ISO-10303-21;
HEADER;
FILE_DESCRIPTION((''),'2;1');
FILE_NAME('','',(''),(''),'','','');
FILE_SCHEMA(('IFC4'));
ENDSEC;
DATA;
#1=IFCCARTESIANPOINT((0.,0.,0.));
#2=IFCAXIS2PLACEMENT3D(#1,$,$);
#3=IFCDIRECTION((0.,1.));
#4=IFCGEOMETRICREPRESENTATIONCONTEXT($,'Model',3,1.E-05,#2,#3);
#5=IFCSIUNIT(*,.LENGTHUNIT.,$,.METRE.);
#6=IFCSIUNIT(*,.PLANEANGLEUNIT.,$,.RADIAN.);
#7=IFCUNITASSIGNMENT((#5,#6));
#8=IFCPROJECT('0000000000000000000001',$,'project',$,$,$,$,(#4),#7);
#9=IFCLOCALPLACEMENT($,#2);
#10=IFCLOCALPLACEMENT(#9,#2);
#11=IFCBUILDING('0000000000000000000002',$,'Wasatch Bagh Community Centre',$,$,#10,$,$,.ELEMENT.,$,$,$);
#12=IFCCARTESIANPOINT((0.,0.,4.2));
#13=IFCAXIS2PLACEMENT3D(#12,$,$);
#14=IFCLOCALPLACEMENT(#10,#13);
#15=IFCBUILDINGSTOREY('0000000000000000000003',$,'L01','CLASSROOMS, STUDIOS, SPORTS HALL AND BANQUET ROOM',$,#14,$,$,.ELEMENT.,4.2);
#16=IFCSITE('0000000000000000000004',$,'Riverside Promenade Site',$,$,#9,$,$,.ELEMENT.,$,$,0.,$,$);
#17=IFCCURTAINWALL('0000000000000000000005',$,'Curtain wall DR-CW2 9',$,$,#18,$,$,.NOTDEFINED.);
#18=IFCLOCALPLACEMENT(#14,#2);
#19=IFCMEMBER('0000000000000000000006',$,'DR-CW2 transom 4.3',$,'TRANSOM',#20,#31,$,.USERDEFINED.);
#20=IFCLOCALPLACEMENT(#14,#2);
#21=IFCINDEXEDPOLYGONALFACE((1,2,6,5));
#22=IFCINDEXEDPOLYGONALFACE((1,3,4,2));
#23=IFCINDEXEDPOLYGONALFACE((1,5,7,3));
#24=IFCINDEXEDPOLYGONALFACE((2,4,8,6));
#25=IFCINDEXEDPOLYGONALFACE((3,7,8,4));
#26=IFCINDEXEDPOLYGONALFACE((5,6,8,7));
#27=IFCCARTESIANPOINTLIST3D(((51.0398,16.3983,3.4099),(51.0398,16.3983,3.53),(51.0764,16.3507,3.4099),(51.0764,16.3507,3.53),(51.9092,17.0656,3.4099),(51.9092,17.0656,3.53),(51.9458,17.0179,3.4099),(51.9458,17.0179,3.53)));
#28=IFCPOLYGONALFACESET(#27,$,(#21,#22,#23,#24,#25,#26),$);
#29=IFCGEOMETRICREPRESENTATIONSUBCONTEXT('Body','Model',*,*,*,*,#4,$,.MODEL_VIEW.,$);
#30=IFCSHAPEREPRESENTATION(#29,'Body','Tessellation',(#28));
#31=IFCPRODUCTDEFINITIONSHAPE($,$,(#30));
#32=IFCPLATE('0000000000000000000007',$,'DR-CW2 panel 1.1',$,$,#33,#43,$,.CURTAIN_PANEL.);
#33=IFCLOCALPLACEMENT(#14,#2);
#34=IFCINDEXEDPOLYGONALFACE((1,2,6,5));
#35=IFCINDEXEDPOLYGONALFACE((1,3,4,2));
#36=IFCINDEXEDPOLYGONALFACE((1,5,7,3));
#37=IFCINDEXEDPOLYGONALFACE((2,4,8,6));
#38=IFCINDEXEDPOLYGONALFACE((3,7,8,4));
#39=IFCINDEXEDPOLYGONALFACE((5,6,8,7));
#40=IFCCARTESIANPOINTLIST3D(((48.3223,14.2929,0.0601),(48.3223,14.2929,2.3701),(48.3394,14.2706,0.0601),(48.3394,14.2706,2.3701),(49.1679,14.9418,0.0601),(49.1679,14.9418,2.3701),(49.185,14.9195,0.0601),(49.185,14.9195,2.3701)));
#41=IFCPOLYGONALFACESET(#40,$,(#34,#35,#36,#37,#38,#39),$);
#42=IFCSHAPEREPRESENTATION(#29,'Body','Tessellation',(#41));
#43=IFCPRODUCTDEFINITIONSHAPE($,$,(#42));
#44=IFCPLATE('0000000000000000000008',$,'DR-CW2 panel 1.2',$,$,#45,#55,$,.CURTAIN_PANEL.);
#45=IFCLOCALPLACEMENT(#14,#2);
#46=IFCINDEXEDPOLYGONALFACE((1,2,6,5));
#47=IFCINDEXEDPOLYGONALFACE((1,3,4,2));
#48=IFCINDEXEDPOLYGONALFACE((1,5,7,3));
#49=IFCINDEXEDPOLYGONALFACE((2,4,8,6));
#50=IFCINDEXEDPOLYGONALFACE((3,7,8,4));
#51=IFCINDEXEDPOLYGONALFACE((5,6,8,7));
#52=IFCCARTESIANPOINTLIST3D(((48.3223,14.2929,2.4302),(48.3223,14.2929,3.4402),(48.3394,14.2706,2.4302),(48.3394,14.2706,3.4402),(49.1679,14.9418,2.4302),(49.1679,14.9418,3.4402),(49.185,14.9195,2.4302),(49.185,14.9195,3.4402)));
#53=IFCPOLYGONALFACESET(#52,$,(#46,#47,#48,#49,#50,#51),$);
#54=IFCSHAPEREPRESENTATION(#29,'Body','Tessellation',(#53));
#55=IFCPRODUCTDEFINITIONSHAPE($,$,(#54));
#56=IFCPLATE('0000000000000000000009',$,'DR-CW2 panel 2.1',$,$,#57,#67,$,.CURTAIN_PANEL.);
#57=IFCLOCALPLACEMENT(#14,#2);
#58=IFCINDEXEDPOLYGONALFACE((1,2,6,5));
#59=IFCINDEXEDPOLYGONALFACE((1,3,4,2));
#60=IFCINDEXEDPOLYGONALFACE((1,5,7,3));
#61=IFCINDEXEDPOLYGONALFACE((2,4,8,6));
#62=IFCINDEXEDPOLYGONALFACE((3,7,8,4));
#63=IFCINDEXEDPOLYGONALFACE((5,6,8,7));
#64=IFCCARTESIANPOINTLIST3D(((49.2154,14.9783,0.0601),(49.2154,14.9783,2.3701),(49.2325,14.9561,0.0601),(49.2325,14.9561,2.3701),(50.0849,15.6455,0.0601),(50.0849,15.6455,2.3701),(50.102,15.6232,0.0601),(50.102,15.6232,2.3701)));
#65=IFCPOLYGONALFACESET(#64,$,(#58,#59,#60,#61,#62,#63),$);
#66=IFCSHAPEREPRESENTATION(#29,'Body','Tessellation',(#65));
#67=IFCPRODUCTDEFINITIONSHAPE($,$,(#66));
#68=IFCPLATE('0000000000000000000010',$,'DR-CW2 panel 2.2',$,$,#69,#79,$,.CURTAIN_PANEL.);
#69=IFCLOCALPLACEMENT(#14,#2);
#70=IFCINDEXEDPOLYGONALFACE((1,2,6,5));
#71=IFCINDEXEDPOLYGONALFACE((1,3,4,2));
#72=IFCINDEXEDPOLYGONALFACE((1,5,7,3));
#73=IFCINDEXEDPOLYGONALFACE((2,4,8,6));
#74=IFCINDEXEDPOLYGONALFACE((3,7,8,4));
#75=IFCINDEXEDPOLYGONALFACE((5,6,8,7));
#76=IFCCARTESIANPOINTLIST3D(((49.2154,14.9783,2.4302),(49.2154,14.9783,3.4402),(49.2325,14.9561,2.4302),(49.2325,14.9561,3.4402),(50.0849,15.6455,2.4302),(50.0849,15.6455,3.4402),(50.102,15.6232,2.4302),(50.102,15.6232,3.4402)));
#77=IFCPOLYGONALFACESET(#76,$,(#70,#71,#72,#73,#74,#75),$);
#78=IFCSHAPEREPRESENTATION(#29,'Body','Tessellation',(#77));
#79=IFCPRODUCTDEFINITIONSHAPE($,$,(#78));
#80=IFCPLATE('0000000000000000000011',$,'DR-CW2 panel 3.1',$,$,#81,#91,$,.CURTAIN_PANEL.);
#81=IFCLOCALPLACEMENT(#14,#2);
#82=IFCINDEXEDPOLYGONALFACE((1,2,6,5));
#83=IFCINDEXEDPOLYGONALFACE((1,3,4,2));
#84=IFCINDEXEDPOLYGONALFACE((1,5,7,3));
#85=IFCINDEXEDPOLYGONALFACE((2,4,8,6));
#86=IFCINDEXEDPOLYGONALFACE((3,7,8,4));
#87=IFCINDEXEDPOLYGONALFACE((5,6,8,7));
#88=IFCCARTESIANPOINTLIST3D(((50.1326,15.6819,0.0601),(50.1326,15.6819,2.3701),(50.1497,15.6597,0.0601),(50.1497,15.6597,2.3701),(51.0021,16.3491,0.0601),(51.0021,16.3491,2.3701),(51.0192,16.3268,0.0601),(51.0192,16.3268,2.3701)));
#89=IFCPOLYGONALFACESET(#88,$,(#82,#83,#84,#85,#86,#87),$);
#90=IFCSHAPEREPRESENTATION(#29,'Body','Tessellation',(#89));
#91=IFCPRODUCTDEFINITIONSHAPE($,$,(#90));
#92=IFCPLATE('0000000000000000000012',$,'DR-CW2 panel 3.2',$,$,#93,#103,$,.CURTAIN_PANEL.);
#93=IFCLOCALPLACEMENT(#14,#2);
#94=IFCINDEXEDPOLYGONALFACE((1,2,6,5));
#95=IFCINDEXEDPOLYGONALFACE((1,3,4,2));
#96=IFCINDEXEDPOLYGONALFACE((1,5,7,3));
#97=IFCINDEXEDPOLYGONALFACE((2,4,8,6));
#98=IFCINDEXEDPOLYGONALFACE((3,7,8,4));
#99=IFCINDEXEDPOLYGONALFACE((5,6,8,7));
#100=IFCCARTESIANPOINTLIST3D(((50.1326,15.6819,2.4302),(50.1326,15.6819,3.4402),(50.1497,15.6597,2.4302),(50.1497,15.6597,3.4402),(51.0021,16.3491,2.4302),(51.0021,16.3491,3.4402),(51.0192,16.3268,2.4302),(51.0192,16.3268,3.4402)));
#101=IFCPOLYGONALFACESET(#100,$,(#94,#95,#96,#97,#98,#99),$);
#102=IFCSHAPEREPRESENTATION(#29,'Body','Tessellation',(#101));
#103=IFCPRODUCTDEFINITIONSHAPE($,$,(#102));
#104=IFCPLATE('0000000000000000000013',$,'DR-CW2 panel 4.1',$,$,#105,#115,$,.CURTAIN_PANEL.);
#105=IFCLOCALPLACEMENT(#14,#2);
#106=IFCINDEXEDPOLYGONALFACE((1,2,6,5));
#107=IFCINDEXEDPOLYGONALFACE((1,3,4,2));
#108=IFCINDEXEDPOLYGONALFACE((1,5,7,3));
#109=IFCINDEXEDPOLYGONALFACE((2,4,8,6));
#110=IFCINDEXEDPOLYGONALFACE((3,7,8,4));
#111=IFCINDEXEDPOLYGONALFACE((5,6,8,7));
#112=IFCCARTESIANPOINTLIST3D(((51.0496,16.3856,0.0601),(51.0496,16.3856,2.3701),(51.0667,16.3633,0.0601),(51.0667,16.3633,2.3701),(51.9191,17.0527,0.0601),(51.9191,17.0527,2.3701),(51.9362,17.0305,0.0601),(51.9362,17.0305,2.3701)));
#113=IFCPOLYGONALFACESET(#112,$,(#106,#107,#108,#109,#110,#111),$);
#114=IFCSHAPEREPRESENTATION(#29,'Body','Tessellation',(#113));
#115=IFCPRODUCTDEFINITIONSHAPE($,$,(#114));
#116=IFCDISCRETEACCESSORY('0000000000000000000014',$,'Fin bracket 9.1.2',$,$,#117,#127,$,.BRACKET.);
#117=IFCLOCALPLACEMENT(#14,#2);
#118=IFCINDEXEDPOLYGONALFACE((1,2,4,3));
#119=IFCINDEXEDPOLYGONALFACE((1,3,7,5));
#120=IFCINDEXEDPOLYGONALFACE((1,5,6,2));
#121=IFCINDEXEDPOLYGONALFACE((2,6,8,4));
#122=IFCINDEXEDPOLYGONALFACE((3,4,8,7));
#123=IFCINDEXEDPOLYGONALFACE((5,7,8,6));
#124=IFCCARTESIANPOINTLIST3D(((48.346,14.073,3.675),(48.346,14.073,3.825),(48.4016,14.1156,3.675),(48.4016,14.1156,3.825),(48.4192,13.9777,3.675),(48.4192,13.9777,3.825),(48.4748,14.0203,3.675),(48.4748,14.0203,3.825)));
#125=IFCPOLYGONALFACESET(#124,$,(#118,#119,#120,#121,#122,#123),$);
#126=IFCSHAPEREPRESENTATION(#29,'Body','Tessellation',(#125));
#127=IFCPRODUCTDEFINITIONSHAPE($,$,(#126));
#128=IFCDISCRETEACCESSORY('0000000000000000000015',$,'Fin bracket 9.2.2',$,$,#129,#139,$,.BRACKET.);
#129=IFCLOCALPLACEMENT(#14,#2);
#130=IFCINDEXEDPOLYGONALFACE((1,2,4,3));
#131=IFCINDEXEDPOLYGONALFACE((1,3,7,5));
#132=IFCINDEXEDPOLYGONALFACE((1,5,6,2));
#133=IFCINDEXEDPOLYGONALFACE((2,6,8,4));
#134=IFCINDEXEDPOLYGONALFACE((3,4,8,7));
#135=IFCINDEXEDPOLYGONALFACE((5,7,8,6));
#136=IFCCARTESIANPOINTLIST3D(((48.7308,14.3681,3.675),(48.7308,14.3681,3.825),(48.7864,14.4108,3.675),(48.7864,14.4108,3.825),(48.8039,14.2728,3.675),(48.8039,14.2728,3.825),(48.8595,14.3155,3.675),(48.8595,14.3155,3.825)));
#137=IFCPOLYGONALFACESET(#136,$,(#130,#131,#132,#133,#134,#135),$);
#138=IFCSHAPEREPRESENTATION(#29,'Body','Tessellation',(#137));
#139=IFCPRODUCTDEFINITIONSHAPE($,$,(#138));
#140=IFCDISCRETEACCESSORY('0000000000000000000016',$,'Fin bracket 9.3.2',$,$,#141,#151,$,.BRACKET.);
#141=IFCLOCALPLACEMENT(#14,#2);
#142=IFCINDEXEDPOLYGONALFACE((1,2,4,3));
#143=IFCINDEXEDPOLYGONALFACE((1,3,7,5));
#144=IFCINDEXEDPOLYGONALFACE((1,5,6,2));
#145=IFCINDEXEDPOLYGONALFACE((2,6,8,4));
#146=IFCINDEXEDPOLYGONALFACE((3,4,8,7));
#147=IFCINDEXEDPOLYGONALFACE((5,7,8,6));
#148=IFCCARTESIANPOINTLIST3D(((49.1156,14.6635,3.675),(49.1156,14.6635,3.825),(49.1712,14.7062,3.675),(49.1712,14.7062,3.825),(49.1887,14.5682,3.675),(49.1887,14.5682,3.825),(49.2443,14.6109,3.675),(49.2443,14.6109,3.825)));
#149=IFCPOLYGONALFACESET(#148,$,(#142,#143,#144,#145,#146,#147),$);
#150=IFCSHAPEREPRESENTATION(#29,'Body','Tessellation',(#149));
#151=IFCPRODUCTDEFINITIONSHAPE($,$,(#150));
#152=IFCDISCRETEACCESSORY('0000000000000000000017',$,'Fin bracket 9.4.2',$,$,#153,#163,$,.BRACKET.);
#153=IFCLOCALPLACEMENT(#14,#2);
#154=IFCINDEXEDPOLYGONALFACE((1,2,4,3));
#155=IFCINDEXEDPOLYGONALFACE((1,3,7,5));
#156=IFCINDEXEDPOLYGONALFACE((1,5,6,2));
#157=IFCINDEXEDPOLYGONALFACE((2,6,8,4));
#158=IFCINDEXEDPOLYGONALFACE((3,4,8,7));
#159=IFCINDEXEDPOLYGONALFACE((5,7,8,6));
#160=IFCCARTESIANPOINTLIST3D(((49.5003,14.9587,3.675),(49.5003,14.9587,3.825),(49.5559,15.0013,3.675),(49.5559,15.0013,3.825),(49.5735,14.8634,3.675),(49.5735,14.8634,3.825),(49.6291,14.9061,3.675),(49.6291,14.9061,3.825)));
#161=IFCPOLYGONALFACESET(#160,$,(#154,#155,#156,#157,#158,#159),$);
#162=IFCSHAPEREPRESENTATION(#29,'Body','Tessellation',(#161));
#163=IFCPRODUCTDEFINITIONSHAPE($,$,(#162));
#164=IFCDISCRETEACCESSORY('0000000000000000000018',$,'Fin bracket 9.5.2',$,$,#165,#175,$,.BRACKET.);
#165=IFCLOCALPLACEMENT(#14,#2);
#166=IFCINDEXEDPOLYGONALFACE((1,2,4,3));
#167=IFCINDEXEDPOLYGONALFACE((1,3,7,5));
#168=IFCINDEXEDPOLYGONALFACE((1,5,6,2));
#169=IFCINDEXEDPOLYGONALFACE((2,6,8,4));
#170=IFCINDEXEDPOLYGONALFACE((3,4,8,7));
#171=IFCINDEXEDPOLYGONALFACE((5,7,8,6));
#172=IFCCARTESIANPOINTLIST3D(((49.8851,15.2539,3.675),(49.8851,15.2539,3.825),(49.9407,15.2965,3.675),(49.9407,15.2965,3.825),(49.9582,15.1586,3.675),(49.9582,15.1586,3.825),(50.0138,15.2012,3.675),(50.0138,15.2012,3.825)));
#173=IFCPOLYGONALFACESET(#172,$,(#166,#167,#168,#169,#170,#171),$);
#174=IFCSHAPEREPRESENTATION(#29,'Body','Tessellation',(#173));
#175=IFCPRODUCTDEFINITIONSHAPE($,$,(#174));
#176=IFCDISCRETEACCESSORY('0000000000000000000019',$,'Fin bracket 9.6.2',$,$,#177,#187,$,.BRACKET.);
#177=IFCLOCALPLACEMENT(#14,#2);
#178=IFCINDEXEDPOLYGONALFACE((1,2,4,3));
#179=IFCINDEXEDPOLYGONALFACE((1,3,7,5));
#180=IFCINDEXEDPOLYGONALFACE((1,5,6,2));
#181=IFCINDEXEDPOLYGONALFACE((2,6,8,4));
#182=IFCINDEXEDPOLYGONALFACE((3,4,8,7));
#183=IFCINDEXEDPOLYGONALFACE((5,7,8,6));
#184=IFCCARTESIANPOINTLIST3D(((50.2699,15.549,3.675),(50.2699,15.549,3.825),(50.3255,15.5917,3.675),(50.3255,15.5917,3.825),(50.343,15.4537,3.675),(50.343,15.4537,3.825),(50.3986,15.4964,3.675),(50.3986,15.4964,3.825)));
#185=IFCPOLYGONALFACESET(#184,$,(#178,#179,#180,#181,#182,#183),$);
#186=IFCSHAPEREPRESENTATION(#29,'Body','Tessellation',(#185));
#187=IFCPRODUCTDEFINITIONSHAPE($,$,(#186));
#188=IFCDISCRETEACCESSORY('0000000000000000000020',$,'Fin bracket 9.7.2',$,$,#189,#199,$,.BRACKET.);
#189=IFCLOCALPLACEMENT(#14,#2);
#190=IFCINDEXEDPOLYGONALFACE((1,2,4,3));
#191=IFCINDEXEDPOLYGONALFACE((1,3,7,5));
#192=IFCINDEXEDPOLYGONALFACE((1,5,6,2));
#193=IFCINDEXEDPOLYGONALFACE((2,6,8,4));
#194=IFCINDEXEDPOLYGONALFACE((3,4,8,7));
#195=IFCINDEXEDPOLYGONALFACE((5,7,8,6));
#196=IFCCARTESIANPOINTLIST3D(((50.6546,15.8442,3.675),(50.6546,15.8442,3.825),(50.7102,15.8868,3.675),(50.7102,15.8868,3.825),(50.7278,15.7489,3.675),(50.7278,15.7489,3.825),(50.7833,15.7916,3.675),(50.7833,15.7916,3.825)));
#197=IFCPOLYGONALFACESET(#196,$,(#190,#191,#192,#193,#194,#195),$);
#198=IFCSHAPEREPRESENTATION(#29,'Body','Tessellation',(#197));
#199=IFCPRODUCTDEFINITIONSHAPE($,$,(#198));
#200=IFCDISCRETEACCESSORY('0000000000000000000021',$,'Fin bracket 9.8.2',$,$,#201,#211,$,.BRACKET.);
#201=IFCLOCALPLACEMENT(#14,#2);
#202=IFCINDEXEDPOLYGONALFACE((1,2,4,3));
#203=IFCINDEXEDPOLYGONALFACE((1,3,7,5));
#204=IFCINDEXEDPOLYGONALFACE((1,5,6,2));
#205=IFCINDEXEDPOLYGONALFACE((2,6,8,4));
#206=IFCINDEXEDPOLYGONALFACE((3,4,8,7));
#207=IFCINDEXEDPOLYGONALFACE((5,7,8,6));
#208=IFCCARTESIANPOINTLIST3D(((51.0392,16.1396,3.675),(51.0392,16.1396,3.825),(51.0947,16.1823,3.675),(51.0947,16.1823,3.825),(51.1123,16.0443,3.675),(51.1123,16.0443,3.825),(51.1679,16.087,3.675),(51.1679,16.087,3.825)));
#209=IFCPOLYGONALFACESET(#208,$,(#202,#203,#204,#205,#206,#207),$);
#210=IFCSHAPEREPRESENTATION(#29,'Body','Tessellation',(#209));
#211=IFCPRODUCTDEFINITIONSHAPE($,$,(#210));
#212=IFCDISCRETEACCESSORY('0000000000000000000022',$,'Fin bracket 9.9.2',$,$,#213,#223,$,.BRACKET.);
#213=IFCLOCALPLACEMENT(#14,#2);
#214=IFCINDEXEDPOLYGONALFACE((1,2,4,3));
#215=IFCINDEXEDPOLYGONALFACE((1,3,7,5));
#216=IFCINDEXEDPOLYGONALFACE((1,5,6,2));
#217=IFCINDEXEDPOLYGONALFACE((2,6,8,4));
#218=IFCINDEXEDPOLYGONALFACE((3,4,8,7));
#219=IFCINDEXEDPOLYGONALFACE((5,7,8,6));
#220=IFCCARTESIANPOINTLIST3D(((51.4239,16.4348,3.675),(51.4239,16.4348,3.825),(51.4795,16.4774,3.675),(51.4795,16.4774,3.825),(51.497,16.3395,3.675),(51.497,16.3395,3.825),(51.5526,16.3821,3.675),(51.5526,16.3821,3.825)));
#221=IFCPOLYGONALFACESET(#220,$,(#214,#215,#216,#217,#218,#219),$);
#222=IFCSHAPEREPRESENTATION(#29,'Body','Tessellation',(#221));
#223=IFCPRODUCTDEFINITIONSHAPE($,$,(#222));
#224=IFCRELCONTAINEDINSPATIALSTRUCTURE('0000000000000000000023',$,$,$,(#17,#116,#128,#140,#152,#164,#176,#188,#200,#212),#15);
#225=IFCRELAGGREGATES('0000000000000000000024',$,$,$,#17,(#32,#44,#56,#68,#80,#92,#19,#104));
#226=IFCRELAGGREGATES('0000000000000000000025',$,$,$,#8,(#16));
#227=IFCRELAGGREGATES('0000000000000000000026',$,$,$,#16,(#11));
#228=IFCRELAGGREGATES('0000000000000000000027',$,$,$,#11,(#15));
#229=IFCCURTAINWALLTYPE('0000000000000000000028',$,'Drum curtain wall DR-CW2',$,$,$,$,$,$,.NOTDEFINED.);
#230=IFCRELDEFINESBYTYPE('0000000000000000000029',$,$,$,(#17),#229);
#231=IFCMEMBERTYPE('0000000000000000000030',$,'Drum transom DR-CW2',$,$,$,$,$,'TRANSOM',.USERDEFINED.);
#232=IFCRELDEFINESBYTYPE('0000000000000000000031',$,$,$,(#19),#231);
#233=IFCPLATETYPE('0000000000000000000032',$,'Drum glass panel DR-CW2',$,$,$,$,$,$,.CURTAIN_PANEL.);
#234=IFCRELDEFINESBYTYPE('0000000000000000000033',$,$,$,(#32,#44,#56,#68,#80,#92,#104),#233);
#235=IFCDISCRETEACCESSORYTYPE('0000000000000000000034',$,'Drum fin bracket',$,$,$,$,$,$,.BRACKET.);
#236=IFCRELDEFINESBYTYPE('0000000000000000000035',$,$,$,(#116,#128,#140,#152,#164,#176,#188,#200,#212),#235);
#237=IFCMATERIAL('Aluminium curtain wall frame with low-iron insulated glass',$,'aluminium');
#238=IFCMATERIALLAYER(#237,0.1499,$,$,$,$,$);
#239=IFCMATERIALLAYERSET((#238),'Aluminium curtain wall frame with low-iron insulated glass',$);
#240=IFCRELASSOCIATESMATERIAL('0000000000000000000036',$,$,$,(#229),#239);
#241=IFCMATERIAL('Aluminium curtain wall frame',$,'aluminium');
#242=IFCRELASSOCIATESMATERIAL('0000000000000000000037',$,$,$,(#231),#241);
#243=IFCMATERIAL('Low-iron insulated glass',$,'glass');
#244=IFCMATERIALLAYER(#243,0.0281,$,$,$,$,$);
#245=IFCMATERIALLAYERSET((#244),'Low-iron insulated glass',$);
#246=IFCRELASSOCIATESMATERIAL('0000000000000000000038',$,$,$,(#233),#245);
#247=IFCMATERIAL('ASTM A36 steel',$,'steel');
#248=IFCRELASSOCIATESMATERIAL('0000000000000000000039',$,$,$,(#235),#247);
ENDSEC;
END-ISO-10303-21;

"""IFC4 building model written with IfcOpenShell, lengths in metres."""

from ifc_helpers import new_model, si_unit, direction, frame, origin, origin_2d, place, context, subcontext, project, spatial, rectangle, extrude, material, layer, layer_set, material_profile, profile_set, type_object, element, aggregate, save


model = new_model("IFC4")

# Units and contexts
model_context = context("Model", 3, precision=1e-05, world=origin(), true_north=direction((0.0, 1.0)))
body_context = subcontext(model_context, "Body", "Model", "MODEL_VIEW")
ifc_project = project(units=[si_unit("LENGTHUNIT", "METRE"), si_unit("PLANEANGLEUNIT", "RADIAN")], contexts=[model_context])

# Site, building, storey
site_placement = place(None, origin())
site = spatial("IfcSite", under=ifc_project, at=site_placement, Name="Riverside Promenade Site", CompositionType="ELEMENT", RefElevation=0.0)
building_placement = place(site_placement, origin())
building = spatial("IfcBuilding", under=site, at=building_placement, Name="Wasatch Bagh Community Centre", CompositionType="ELEMENT")
storey_placement = place(building_placement, frame((0.0, 0.0, 4.2)))
storey = spatial("IfcBuildingStorey", under=building, at=storey_placement, Name="L01", Description="CLASSROOMS, STUDIOS, SPORTS HALL AND BANQUET ROOM", CompositionType="ELEMENT", Elevation=4.2)

# Curtain wall, member, plates
ifc_material_1 = material(Name="Aluminium curtain wall frame with low-iron insulated glass", Category="aluminium")
ifc_layer_1 = layer(ifc_material_1, 0.1499)
ifc_layer_set_1 = layer_set([ifc_layer_1], Name="Aluminium curtain wall frame with low-iron insulated glass")
curtain_wall_type = type_object("IfcCurtainWallType", Name="Drum curtain wall DR-CW2", PredefinedType="NOTDEFINED", material=ifc_layer_set_1)
curtain_wall_placement = place(storey_placement, origin())
curtain_wall = element("IfcCurtainWall", 1, at=curtain_wall_placement, inside=storey, type_object=curtain_wall_type, Name="Curtain wall DR-CW2 9", PredefinedType="NOTDEFINED")
ifc_material_2 = material(Name="Aluminium curtain wall frame", Category="aluminium")
ifc_material_profile_1 = material_profile(ifc_material_2, rectangle(XDim=0.0601, YDim=0.1201, at=origin_2d()), Name="Drum transom DR-CW2")
ifc_profile_set_1 = profile_set([ifc_material_profile_1], Name="Aluminium curtain wall frame")
member_type_1 = type_object("IfcMemberType", Name="Drum transom DR-CW2", ElementType="TRANSOM", PredefinedType="USERDEFINED", material=ifc_profile_set_1)
member_1_placement = place(storey_placement, frame((51.0581, 16.3745, 3.47), z_axis=(0.793294, 0.608838, 0.0), x_axis=(-0.608838, 0.793294, 0.0)))
member_1 = element("IfcMember", 2, at=member_1_placement, type_object=member_type_1, Name="DR-CW2 transom 4.3", ObjectType="TRANSOM", PredefinedType="USERDEFINED", context=body_context, shape_type="SweptSolid", body=[
    extrude(rectangle(XDim=0.0601, YDim=0.1201, at=origin_2d()), origin(), (0.0, 0.0, 1.0), 1.0959),
])
ifc_material_3 = material(Name="Low-iron insulated glass", Category="glass")
ifc_layer_2 = layer(ifc_material_3, 0.0281)
ifc_layer_set_2 = layer_set([ifc_layer_2], Name="Low-iron insulated glass")
plate_type = type_object("IfcPlateType", Name="Drum glass panel DR-CW2", PredefinedType="CURTAIN_PANEL", material=ifc_layer_set_2)
plate_1_placement = place(storey_placement, frame((48.7537, 14.6062, 0.0601), z_axis=(0.0, 0.0, 1.0), x_axis=(0.793353, 0.608761, 0.0)))
plate_1 = element("IfcPlate", 3, at=plate_1_placement, type_object=plate_type, Name="DR-CW2 panel 1.1", PredefinedType="CURTAIN_PANEL", context=body_context, shape_type="SweptSolid", body=[
    extrude(rectangle(XDim=1.0659, YDim=0.0281, at=origin_2d()), origin(), (0.0, 0.0, 1.0), 2.3101),
])
plate_2_placement = place(storey_placement, frame((48.7537, 14.6062, 2.4302), z_axis=(0.0, 0.0, 1.0), x_axis=(0.793353, 0.608761, 0.0)))
plate_2 = element("IfcPlate", 4, at=plate_2_placement, type_object=plate_type, Name="DR-CW2 panel 1.2", PredefinedType="CURTAIN_PANEL", context=body_context, shape_type="SweptSolid", body=[
    extrude(rectangle(XDim=1.0659, YDim=0.0281, at=origin_2d()), origin(), (0.0, 0.0, 1.0), 1.01),
])
plate_3_placement = place(storey_placement, frame((49.6587, 15.3008, 0.0601), z_axis=(0.0, 0.0, 1.0), x_axis=(0.793353, 0.608761, 0.0)))
plate_3 = element("IfcPlate", 5, at=plate_3_placement, type_object=plate_type, Name="DR-CW2 panel 2.1", PredefinedType="CURTAIN_PANEL", context=body_context, shape_type="SweptSolid", body=[
    extrude(rectangle(XDim=1.0959, YDim=0.0281, at=origin_2d()), origin(), (0.0, 0.0, 1.0), 2.3101),
])
plate_4_placement = place(storey_placement, frame((49.6587, 15.3008, 2.4302), z_axis=(0.0, 0.0, 1.0), x_axis=(0.793353, 0.608761, 0.0)))
plate_4 = element("IfcPlate", 6, at=plate_4_placement, type_object=plate_type, Name="DR-CW2 panel 2.2", PredefinedType="CURTAIN_PANEL", context=body_context, shape_type="SweptSolid", body=[
    extrude(rectangle(XDim=1.0959, YDim=0.0281, at=origin_2d()), origin(), (0.0, 0.0, 1.0), 1.01),
])
plate_5_placement = place(storey_placement, frame((50.5759, 16.0044, 0.0601), z_axis=(0.0, 0.0, 1.0), x_axis=(0.793353, 0.608761, 0.0)))
plate_5 = element("IfcPlate", 7, at=plate_5_placement, type_object=plate_type, Name="DR-CW2 panel 3.1", PredefinedType="CURTAIN_PANEL", context=body_context, shape_type="SweptSolid", body=[
    extrude(rectangle(XDim=1.0959, YDim=0.0281, at=origin_2d()), origin(), (0.0, 0.0, 1.0), 2.3101),
])
plate_6_placement = place(storey_placement, frame((50.5759, 16.0044, 2.4302), z_axis=(0.0, 0.0, 1.0), x_axis=(0.793353, 0.608761, 0.0)))
plate_6 = element("IfcPlate", 8, at=plate_6_placement, type_object=plate_type, Name="DR-CW2 panel 3.2", PredefinedType="CURTAIN_PANEL", context=body_context, shape_type="SweptSolid", body=[
    extrude(rectangle(XDim=1.0959, YDim=0.0281, at=origin_2d()), origin(), (0.0, 0.0, 1.0), 1.01),
])
plate_7_placement = place(storey_placement, frame((51.4929, 16.708, 0.0601), z_axis=(0.0, 0.0, 1.0), x_axis=(0.793353, 0.608761, 0.0)))
plate_7 = element("IfcPlate", 9, at=plate_7_placement, type_object=plate_type, Name="DR-CW2 panel 4.1", PredefinedType="CURTAIN_PANEL", context=body_context, shape_type="SweptSolid", body=[
    extrude(rectangle(XDim=1.0959, YDim=0.0281, at=origin_2d()), origin(), (0.0, 0.0, 1.0), 2.3101),
])
aggregate(curtain_wall, [plate_1, plate_2, plate_3, plate_4, plate_5, plate_6, member_1, plate_7])

# Discrete accessories
ifc_material_4 = material(Name="ASTM A36 steel", Category="steel")
discrete_accessory_type = type_object("IfcDiscreteAccessoryType", Name="Drum fin bracket", PredefinedType="BRACKET", material=ifc_material_4)
for number, where, z_axis, x_axis, name in (
    (10, (48.4104, 14.0466, 3.675), (0.0, 0.0, 1.0), (0.793353, 0.608761, 0.0), "Fin bracket 9.1.2"),
    (11, (48.7952, 14.3418, 3.675), (0.0, 0.0, 1.0), (0.793353, 0.608761, 0.0), "Fin bracket 9.2.2"),
    (12, (49.1799, 14.6372, 3.675), (0.0, 0.0, 1.0), (0.793353, 0.608761, 0.0), "Fin bracket 9.3.2"),
    (13, (49.5647, 14.9324, 3.675), (0.0, 0.0, 1.0), (0.793353, 0.608761, 0.0), "Fin bracket 9.4.2"),
    (14, (49.9495, 15.2275, 3.675), (0.0, 0.0, 1.0), (0.793353, 0.608761, 0.0), "Fin bracket 9.5.2"),
    (15, (50.3342, 15.5227, 3.675), (0.0, 0.0, 1.0), (0.793353, 0.608761, 0.0), "Fin bracket 9.6.2"),
    (16, (50.719, 15.8179, 3.675), (0.0, 0.0, 1.0), (0.793353, 0.608761, 0.0), "Fin bracket 9.7.2"),
    (17, (51.1035, 16.1133, 3.675), (0.0, 0.0, 1.0), (0.793353, 0.608761, 0.0), "Fin bracket 9.8.2"),
    (18, (51.4883, 16.4084, 3.675), (0.0, 0.0, 1.0), (0.793353, 0.608761, 0.0), "Fin bracket 9.9.2"),
):
    element("IfcDiscreteAccessory", number, at=place(storey_placement, frame(where, z_axis=z_axis, x_axis=x_axis)), inside=storey, type_object=discrete_accessory_type, Name=name, PredefinedType="BRACKET", context=body_context, shape_type="SweptSolid", body=[
        extrude(rectangle(XDim=0.0701, YDim=0.1201, at=origin_2d()), origin(), (0.0, 0.0, 1.0), 0.1499),
    ])

save(model, "model.ifc")
